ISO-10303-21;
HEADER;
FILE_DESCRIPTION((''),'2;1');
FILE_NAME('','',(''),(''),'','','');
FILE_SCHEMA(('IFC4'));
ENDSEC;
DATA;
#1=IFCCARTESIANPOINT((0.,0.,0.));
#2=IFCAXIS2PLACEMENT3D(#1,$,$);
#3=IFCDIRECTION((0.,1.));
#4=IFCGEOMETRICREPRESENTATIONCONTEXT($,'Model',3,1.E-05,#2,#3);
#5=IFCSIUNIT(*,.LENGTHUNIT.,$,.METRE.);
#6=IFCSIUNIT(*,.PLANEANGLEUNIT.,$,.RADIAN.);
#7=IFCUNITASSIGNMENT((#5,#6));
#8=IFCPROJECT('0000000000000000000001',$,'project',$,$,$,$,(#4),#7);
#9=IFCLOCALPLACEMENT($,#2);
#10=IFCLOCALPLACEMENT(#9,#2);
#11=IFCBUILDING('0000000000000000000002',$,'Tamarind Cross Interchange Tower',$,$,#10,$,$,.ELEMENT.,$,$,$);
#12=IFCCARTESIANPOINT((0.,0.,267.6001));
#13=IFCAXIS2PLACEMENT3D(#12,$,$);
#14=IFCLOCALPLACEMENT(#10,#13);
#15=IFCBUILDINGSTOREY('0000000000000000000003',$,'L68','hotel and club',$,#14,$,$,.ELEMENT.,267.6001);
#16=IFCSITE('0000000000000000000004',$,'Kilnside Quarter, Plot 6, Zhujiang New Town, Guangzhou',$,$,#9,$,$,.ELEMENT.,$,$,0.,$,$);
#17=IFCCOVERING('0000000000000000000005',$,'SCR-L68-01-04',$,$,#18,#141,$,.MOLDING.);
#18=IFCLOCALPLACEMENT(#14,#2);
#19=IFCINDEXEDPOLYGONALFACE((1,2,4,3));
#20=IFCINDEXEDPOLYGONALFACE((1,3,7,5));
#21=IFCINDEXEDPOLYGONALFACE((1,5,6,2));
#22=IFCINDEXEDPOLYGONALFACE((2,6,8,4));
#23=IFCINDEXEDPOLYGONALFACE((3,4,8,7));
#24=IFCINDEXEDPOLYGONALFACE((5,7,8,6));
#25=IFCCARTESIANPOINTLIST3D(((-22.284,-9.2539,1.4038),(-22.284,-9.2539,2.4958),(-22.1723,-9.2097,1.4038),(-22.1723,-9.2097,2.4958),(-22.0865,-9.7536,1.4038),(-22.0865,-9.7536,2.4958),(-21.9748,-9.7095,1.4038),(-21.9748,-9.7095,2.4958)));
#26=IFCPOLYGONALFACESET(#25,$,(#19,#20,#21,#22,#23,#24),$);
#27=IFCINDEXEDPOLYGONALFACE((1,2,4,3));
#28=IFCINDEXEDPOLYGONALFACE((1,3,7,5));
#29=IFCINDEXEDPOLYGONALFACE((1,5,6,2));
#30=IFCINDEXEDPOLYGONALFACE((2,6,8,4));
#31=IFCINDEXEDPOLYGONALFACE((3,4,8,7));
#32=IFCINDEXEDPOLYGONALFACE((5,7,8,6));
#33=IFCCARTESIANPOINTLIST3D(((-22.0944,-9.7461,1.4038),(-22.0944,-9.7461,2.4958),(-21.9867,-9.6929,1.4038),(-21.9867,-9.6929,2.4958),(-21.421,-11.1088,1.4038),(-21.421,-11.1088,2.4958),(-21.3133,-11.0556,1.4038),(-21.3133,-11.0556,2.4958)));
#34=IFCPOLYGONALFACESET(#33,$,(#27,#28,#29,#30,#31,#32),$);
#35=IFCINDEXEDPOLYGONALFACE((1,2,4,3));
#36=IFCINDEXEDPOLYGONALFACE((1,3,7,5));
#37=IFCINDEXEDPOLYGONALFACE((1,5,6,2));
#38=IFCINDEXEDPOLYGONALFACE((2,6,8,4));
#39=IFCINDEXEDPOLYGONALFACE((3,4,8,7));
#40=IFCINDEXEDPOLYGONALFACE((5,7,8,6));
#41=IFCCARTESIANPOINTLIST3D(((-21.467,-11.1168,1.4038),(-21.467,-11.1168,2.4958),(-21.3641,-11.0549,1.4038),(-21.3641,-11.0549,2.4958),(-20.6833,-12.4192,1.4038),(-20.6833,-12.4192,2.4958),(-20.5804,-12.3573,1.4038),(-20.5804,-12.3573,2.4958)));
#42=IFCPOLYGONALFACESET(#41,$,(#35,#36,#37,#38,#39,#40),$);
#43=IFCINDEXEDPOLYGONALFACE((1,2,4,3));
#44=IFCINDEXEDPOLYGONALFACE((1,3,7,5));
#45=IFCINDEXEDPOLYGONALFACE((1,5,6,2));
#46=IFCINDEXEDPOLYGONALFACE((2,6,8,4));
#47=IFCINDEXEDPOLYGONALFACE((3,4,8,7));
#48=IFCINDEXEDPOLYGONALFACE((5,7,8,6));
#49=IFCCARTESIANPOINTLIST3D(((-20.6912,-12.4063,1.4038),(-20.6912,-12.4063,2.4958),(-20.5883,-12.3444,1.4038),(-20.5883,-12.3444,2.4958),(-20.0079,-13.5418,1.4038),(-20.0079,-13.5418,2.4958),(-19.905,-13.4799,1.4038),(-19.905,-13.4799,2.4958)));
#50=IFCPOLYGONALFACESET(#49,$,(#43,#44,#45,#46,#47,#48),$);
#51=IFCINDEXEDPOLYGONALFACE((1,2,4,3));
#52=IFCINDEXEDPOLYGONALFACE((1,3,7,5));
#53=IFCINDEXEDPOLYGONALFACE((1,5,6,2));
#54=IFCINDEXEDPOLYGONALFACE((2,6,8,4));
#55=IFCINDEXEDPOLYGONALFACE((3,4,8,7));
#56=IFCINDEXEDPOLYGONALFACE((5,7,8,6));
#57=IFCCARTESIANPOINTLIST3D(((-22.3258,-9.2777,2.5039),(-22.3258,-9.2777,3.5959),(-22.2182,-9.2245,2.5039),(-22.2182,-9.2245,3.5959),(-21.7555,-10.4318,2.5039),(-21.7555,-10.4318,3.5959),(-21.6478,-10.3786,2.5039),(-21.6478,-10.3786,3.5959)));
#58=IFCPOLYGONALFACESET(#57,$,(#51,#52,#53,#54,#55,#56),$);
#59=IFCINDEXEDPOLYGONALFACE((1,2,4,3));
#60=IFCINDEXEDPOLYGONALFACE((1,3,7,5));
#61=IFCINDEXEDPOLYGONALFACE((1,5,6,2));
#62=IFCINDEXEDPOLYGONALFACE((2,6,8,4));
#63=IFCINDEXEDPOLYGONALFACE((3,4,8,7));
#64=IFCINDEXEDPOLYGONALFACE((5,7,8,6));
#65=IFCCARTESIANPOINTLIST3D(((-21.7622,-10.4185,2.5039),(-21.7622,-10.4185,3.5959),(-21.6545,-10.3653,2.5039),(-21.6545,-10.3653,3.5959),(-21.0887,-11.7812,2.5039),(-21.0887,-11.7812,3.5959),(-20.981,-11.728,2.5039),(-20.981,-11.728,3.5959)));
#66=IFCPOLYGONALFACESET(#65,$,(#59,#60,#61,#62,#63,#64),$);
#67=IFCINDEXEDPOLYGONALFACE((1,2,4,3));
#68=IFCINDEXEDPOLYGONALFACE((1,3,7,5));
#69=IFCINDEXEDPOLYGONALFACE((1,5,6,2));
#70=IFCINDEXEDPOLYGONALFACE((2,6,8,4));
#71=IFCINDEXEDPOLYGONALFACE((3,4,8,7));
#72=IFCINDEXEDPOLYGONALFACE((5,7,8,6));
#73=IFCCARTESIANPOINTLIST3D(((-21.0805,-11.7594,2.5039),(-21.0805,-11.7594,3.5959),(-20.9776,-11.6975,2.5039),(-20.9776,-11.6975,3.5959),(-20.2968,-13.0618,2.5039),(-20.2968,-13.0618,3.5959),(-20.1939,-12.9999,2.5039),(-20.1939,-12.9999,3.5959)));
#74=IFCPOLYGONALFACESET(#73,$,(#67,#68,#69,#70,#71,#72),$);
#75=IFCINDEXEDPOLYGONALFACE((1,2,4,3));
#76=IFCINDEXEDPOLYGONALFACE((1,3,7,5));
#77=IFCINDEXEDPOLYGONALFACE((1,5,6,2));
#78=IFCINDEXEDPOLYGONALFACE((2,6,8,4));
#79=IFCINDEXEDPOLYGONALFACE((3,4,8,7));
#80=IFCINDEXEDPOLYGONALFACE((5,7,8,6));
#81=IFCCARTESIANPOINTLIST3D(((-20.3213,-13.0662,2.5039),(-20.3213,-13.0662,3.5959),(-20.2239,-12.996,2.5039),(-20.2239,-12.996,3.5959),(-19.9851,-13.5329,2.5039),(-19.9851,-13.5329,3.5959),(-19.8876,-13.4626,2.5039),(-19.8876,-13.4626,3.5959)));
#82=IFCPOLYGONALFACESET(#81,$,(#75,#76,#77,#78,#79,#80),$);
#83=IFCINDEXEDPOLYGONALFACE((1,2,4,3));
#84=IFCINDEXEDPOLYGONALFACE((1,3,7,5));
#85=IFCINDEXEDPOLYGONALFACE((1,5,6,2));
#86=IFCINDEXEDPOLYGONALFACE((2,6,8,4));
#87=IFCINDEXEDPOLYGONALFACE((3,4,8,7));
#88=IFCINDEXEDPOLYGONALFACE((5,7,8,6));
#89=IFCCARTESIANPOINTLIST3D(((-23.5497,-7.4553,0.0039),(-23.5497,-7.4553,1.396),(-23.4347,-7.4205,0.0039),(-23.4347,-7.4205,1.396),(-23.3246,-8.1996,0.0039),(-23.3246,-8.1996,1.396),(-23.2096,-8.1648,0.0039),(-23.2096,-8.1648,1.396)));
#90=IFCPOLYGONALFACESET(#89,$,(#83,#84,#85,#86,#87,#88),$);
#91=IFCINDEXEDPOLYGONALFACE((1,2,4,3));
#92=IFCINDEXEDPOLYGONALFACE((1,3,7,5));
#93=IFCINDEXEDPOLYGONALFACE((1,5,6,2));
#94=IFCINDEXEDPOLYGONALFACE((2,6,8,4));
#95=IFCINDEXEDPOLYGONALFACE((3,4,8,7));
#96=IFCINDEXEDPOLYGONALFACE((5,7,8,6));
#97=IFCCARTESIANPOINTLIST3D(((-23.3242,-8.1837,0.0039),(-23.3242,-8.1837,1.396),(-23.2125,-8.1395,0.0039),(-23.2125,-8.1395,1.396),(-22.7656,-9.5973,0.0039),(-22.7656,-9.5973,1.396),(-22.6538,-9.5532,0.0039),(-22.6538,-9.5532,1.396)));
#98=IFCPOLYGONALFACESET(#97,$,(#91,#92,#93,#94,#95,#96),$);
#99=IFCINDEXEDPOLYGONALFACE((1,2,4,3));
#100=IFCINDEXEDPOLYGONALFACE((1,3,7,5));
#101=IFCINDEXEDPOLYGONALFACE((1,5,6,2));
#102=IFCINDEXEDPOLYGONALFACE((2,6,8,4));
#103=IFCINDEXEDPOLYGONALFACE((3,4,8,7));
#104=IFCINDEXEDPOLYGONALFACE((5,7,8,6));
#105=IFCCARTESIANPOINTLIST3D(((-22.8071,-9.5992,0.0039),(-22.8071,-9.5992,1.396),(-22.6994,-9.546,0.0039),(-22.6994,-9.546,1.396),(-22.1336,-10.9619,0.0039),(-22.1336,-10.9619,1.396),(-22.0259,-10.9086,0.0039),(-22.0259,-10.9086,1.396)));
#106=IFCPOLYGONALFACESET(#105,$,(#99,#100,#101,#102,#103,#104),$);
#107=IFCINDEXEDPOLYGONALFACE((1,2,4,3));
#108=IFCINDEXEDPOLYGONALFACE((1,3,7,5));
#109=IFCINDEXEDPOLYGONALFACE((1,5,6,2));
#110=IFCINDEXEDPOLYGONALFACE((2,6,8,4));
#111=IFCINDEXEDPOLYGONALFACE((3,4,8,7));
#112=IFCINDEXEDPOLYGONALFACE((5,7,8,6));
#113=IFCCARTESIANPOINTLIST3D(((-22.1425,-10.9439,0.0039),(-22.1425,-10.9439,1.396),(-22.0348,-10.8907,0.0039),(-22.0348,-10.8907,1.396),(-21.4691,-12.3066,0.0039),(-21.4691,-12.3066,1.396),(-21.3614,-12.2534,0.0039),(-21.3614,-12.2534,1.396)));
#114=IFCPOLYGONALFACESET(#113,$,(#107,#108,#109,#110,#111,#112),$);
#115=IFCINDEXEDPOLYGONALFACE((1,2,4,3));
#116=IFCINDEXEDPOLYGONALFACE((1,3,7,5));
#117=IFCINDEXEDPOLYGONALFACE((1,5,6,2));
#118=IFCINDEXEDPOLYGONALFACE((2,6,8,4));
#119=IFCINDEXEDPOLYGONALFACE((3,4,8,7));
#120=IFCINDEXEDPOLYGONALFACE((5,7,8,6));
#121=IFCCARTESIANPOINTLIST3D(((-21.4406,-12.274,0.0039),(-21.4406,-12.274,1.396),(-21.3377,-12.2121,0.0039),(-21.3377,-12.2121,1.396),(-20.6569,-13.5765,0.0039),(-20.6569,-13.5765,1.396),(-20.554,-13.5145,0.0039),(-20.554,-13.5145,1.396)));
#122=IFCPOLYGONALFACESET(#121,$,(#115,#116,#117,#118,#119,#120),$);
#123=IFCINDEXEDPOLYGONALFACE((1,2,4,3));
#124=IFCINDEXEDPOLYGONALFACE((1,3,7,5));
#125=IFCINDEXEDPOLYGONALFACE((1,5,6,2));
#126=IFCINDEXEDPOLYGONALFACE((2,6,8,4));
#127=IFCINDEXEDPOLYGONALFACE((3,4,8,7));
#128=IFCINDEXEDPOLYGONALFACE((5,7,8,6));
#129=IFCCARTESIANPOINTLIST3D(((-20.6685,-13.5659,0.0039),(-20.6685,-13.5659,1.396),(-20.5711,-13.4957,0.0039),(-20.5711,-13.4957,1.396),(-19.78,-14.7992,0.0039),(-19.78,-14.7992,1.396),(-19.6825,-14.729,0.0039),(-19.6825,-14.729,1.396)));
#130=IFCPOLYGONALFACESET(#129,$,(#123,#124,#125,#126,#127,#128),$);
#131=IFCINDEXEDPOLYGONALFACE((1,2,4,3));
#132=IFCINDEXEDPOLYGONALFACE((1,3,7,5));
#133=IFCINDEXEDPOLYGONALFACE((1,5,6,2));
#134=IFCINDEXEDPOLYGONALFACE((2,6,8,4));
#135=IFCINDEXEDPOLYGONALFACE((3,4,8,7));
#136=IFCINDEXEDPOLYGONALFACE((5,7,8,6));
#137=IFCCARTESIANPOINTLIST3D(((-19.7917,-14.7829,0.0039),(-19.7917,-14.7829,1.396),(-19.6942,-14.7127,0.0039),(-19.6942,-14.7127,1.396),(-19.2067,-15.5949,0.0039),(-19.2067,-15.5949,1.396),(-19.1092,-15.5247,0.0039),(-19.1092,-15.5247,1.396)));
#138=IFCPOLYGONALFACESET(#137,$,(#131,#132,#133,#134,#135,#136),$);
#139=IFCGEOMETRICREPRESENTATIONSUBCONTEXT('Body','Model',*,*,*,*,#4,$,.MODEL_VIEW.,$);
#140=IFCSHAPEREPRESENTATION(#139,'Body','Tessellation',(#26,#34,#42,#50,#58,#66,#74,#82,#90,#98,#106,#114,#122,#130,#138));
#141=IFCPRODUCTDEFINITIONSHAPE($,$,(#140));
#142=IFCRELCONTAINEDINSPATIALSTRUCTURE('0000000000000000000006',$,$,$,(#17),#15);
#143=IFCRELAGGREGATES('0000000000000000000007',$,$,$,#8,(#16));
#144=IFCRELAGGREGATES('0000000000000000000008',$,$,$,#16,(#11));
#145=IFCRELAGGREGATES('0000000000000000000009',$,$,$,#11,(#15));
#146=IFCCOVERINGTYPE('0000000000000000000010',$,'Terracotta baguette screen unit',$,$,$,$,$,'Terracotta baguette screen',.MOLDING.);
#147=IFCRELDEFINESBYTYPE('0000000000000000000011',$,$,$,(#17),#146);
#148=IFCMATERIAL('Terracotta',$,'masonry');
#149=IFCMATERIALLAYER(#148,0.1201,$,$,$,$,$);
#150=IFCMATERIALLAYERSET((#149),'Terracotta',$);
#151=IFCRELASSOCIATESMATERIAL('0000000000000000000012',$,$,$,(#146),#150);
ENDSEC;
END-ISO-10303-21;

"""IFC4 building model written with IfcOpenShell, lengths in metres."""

from ifc_helpers import new_model, si_unit, direction, frame, origin, origin_2d, place, context, subcontext, project, spatial, rectangle, extrude, material, layer, layer_set, type_object, element, save


model = new_model("IFC4")

# Units and contexts
model_context = context("Model", 3, precision=1e-05, world=origin(), true_north=direction((0.0, 1.0)))
body_context = subcontext(model_context, "Body", "Model", "MODEL_VIEW")
ifc_project = project(units=[si_unit("LENGTHUNIT", "METRE"), si_unit("PLANEANGLEUNIT", "RADIAN")], contexts=[model_context])

# Site, building, storey
site_placement = place(None, origin())
site = spatial("IfcSite", under=ifc_project, at=site_placement, Name="Kilnside Quarter, Plot 6, Zhujiang New Town, Guangzhou", CompositionType="ELEMENT", RefElevation=0.0)
building_placement = place(site_placement, origin())
building = spatial("IfcBuilding", under=site, at=building_placement, Name="Tamarind Cross Interchange Tower", CompositionType="ELEMENT")
storey_placement = place(building_placement, frame((0.0, 0.0, 267.6001)))
storey = spatial("IfcBuildingStorey", under=building, at=storey_placement, Name="L68", Description="hotel and club", CompositionType="ELEMENT", Elevation=267.6001)

# Covering
ifc_material_1 = material(Name="Terracotta", Category="masonry")
ifc_layer_1 = layer(ifc_material_1, 0.1201)
ifc_layer_set_1 = layer_set([ifc_layer_1], Name="Terracotta")
covering_type = type_object("IfcCoveringType", Name="Terracotta baguette screen unit", ElementType="Terracotta baguette screen", PredefinedType="MOLDING", material=ifc_layer_set_1)
covering_1_placement = place(storey_placement, origin())
element("IfcCovering", 1, at=covering_1_placement, inside=storey, type_object=covering_type, Name="SCR-L68-01-04", PredefinedType="MOLDING", context=body_context, shape_type="SweptSolid", body=[
    extrude(rectangle(XDim=0.5374, YDim=0.1201, at=origin_2d()), frame((-22.1294, -9.4817, 1.4038), z_axis=(0.0, 0.0, 1.0), x_axis=(0.367514, -0.930018, 0.0)), (0.0, 0.0, 1.0), 1.092),
    extrude(rectangle(XDim=1.52, YDim=0.1201, at=origin_2d()), frame((-21.7039, -10.4009, 1.4038), z_axis=(0.0, 0.0, 1.0), x_axis=(0.443059, -0.896493, 0.0)), (0.0, 0.0, 1.0), 1.092),
    extrude(rectangle(XDim=1.52, YDim=0.1201, at=origin_2d()), frame((-21.0237, -11.7371, 1.4038), z_axis=(0.0, 0.0, 1.0), x_axis=(0.515577, -0.856843, 0.0)), (0.0, 0.0, 1.0), 1.092),
    extrude(rectangle(XDim=1.3252, YDim=0.1201, at=origin_2d()), frame((-20.2981, -12.9431, 1.4038), z_axis=(0.0, 0.0, 1.0), x_axis=(0.515577, -0.856843, 0.0)), (0.0, 0.0, 1.0), 1.092),
    extrude(rectangle(XDim=1.2874, YDim=0.1201, at=origin_2d()), frame((-21.9868, -9.8281, 2.5039), z_axis=(0.0, 0.0, 1.0), x_axis=(0.443059, -0.896493, 0.0)), (0.0, 0.0, 1.0), 1.092),
    extrude(rectangle(XDim=1.52, YDim=0.1201, at=origin_2d()), frame((-21.3716, -11.0732, 2.5039), z_axis=(0.0, 0.0, 1.0), x_axis=(0.443059, -0.896493, 0.0)), (0.0, 0.0, 1.0), 1.092),
    extrude(rectangle(XDim=1.52, YDim=0.1201, at=origin_2d()), frame((-20.6372, -12.3796, 2.5039), z_axis=(0.0, 0.0, 1.0), x_axis=(0.515577, -0.856843, 0.0)), (0.0, 0.0, 1.0), 1.092),
    extrude(rectangle(XDim=0.5752, YDim=0.1201, at=origin_2d()), frame((-20.1045, -13.2644, 2.5039), z_axis=(0.0, 0.0, 1.0), x_axis=(0.584574, -0.81134, 0.0)), (0.0, 0.0, 1.0), 1.092),
    extrude(rectangle(XDim=0.7776, YDim=0.1201, at=origin_2d()), frame((-23.3796, -7.8101, 0.0039), z_axis=(0.0, 0.0, 1.0), x_axis=(0.289458, -0.957191, 0.0)), (0.0, 0.0, 1.0), 1.3921),
    extrude(rectangle(XDim=1.52, YDim=0.1201, at=origin_2d()), frame((-22.989, -8.8684, 0.0039), z_axis=(0.0, 0.0, 1.0), x_axis=(0.367514, -0.930018, 0.0)), (0.0, 0.0, 1.0), 1.3921),
    extrude(rectangle(XDim=1.52, YDim=0.1201, at=origin_2d()), frame((-22.4165, -10.2539, 0.0039), z_axis=(0.0, 0.0, 1.0), x_axis=(0.443059, -0.896493, 0.0)), (0.0, 0.0, 1.0), 1.3921),
    extrude(rectangle(XDim=1.52, YDim=0.1201, at=origin_2d()), frame((-21.752, -11.5986, 0.0039), z_axis=(0.0, 0.0, 1.0), x_axis=(0.443059, -0.896493, 0.0)), (0.0, 0.0, 1.0), 1.3921),
    extrude(rectangle(XDim=1.52, YDim=0.1201, at=origin_2d()), frame((-20.9973, -12.8943, 0.0039), z_axis=(0.0, 0.0, 1.0), x_axis=(0.515577, -0.856843, 0.0)), (0.0, 0.0, 1.0), 1.3921),
    extrude(rectangle(XDim=1.52, YDim=0.1201, at=origin_2d()), frame((-20.1755, -14.1475, 0.0039), z_axis=(0.0, 0.0, 1.0), x_axis=(0.584574, -0.81134, 0.0)), (0.0, 0.0, 1.0), 1.3921),
    extrude(rectangle(XDim=1.0007, YDim=0.1201, at=origin_2d()), frame((-19.4504, -15.1538, 0.0039), z_axis=(0.0, 0.0, 1.0), x_axis=(0.584574, -0.81134, 0.0)), (0.0, 0.0, 1.0), 1.3921),
])

save(model, "model.ifc")
